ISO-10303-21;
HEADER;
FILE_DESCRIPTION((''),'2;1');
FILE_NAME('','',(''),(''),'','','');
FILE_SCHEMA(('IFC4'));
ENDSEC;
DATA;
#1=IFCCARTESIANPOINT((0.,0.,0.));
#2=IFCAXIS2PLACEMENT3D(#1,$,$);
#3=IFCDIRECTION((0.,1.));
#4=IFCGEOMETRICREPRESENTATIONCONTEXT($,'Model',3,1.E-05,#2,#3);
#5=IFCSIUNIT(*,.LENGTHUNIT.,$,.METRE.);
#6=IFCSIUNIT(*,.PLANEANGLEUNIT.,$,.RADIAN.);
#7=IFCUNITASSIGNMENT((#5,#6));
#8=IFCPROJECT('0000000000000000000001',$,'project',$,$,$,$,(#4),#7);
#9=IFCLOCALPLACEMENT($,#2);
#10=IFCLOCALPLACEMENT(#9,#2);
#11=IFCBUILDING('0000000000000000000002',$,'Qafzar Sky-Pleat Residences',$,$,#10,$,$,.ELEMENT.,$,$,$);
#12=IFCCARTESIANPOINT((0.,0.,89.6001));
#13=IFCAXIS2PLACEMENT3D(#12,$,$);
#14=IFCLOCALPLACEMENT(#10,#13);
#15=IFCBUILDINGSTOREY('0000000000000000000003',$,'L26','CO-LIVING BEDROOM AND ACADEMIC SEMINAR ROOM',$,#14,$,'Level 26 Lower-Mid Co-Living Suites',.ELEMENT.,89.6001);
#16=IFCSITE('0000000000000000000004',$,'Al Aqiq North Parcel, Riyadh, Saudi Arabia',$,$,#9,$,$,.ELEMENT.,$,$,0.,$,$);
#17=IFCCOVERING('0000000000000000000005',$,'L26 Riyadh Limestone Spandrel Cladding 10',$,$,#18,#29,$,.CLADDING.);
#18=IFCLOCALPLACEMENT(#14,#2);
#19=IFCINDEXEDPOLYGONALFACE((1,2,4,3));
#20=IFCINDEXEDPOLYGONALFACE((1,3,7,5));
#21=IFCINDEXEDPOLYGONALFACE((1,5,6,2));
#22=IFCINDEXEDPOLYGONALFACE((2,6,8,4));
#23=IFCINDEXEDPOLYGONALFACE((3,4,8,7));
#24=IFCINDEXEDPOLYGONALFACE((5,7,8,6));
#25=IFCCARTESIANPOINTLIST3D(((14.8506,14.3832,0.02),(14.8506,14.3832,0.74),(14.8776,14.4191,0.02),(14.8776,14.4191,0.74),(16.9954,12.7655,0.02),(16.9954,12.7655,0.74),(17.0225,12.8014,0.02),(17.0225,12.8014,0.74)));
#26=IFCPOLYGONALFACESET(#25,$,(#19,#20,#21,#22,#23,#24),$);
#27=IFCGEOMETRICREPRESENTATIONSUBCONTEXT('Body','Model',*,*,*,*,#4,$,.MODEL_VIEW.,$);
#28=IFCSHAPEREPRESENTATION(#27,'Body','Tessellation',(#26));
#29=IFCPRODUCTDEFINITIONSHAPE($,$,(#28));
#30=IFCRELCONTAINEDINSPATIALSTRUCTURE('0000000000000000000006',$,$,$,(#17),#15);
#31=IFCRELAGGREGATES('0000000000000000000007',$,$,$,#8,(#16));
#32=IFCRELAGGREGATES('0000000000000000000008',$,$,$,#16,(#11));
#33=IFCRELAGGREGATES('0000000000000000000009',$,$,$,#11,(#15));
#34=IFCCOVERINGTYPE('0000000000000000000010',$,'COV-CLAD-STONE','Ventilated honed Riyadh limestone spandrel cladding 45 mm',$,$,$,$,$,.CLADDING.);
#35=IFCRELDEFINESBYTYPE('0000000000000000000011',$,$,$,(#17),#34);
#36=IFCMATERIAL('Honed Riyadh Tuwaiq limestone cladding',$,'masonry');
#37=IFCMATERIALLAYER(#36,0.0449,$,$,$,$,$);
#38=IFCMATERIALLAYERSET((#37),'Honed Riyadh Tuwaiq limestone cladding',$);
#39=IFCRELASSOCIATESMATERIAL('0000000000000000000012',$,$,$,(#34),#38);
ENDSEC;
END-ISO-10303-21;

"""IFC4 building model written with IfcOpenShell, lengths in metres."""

from ifc_helpers import new_model, si_unit, direction, frame, origin, origin_2d, place, context, subcontext, project, spatial, rectangle, extrude, source, transform, mapped, material, layer, layer_set, type_object, element, save


model = new_model("IFC4")

# Units and contexts
model_context = context("Model", 3, precision=1e-05, world=origin(), true_north=direction((0.0, 1.0)))
body_context = subcontext(model_context, "Body", "Model", "MODEL_VIEW")
ifc_project = project(units=[si_unit("LENGTHUNIT", "METRE"), si_unit("PLANEANGLEUNIT", "RADIAN")], contexts=[model_context])

# Site, building, storey
site_placement = place(None, origin())
site = spatial("IfcSite", under=ifc_project, at=site_placement, Name="Al Aqiq North Parcel, Riyadh, Saudi Arabia", CompositionType="ELEMENT", RefElevation=0.0)
building_placement = place(site_placement, origin())
building = spatial("IfcBuilding", under=site, at=building_placement, Name="Qafzar Sky-Pleat Residences", CompositionType="ELEMENT")
storey_placement = place(building_placement, frame((0.0, 0.0, 89.6001)))
storey = spatial("IfcBuildingStorey", under=building, at=storey_placement, Name="L26", Description="CO-LIVING BEDROOM AND ACADEMIC SEMINAR ROOM", LongName="Level 26 Lower-Mid Co-Living Suites", CompositionType="ELEMENT", Elevation=89.6001)

# Covering
ifc_material_1 = material(Name="Honed Riyadh Tuwaiq limestone cladding", Category="masonry")
ifc_layer_1 = layer(ifc_material_1, 0.0449)
ifc_layer_set_1 = layer_set([ifc_layer_1], Name="Honed Riyadh Tuwaiq limestone cladding")
covering_type_1 = type_object("IfcCoveringType", Name="COV-CLAD-STONE", Description="Ventilated honed Riyadh limestone spandrel cladding 45 mm", PredefinedType="CLADDING", material=ifc_layer_set_1)
shared_shape_1 = source(origin(), body_context, "Body", "SweptSolid", [
    extrude(rectangle(XDim=2.6865, YDim=0.0449, at=origin_2d()), origin(), (0.0, 0.0, 1.0), 0.72),
])
covering_1_placement = place(storey_placement, frame((15.9365, 13.5923, 0.02), z_axis=(0.0, 0.0, 1.0), x_axis=(0.798389, -0.602142, 0.0)))
element("IfcCovering", 1, at=covering_1_placement, inside=storey, type_object=covering_type_1, Name="L26 Riyadh Limestone Spandrel Cladding 10", PredefinedType="CLADDING", context=body_context, shape_type="MappedRepresentation", body=[
    mapped(shared_shape_1, transform((0.0, 0.0, 0.0), x_axis=(1.0, 0.0, 0.0), y_axis=(0.0, 1.0, 0.0), z_axis=(0.0, 0.0, 1.0), scale=1.0)),
])

save(model, "model.ifc")
